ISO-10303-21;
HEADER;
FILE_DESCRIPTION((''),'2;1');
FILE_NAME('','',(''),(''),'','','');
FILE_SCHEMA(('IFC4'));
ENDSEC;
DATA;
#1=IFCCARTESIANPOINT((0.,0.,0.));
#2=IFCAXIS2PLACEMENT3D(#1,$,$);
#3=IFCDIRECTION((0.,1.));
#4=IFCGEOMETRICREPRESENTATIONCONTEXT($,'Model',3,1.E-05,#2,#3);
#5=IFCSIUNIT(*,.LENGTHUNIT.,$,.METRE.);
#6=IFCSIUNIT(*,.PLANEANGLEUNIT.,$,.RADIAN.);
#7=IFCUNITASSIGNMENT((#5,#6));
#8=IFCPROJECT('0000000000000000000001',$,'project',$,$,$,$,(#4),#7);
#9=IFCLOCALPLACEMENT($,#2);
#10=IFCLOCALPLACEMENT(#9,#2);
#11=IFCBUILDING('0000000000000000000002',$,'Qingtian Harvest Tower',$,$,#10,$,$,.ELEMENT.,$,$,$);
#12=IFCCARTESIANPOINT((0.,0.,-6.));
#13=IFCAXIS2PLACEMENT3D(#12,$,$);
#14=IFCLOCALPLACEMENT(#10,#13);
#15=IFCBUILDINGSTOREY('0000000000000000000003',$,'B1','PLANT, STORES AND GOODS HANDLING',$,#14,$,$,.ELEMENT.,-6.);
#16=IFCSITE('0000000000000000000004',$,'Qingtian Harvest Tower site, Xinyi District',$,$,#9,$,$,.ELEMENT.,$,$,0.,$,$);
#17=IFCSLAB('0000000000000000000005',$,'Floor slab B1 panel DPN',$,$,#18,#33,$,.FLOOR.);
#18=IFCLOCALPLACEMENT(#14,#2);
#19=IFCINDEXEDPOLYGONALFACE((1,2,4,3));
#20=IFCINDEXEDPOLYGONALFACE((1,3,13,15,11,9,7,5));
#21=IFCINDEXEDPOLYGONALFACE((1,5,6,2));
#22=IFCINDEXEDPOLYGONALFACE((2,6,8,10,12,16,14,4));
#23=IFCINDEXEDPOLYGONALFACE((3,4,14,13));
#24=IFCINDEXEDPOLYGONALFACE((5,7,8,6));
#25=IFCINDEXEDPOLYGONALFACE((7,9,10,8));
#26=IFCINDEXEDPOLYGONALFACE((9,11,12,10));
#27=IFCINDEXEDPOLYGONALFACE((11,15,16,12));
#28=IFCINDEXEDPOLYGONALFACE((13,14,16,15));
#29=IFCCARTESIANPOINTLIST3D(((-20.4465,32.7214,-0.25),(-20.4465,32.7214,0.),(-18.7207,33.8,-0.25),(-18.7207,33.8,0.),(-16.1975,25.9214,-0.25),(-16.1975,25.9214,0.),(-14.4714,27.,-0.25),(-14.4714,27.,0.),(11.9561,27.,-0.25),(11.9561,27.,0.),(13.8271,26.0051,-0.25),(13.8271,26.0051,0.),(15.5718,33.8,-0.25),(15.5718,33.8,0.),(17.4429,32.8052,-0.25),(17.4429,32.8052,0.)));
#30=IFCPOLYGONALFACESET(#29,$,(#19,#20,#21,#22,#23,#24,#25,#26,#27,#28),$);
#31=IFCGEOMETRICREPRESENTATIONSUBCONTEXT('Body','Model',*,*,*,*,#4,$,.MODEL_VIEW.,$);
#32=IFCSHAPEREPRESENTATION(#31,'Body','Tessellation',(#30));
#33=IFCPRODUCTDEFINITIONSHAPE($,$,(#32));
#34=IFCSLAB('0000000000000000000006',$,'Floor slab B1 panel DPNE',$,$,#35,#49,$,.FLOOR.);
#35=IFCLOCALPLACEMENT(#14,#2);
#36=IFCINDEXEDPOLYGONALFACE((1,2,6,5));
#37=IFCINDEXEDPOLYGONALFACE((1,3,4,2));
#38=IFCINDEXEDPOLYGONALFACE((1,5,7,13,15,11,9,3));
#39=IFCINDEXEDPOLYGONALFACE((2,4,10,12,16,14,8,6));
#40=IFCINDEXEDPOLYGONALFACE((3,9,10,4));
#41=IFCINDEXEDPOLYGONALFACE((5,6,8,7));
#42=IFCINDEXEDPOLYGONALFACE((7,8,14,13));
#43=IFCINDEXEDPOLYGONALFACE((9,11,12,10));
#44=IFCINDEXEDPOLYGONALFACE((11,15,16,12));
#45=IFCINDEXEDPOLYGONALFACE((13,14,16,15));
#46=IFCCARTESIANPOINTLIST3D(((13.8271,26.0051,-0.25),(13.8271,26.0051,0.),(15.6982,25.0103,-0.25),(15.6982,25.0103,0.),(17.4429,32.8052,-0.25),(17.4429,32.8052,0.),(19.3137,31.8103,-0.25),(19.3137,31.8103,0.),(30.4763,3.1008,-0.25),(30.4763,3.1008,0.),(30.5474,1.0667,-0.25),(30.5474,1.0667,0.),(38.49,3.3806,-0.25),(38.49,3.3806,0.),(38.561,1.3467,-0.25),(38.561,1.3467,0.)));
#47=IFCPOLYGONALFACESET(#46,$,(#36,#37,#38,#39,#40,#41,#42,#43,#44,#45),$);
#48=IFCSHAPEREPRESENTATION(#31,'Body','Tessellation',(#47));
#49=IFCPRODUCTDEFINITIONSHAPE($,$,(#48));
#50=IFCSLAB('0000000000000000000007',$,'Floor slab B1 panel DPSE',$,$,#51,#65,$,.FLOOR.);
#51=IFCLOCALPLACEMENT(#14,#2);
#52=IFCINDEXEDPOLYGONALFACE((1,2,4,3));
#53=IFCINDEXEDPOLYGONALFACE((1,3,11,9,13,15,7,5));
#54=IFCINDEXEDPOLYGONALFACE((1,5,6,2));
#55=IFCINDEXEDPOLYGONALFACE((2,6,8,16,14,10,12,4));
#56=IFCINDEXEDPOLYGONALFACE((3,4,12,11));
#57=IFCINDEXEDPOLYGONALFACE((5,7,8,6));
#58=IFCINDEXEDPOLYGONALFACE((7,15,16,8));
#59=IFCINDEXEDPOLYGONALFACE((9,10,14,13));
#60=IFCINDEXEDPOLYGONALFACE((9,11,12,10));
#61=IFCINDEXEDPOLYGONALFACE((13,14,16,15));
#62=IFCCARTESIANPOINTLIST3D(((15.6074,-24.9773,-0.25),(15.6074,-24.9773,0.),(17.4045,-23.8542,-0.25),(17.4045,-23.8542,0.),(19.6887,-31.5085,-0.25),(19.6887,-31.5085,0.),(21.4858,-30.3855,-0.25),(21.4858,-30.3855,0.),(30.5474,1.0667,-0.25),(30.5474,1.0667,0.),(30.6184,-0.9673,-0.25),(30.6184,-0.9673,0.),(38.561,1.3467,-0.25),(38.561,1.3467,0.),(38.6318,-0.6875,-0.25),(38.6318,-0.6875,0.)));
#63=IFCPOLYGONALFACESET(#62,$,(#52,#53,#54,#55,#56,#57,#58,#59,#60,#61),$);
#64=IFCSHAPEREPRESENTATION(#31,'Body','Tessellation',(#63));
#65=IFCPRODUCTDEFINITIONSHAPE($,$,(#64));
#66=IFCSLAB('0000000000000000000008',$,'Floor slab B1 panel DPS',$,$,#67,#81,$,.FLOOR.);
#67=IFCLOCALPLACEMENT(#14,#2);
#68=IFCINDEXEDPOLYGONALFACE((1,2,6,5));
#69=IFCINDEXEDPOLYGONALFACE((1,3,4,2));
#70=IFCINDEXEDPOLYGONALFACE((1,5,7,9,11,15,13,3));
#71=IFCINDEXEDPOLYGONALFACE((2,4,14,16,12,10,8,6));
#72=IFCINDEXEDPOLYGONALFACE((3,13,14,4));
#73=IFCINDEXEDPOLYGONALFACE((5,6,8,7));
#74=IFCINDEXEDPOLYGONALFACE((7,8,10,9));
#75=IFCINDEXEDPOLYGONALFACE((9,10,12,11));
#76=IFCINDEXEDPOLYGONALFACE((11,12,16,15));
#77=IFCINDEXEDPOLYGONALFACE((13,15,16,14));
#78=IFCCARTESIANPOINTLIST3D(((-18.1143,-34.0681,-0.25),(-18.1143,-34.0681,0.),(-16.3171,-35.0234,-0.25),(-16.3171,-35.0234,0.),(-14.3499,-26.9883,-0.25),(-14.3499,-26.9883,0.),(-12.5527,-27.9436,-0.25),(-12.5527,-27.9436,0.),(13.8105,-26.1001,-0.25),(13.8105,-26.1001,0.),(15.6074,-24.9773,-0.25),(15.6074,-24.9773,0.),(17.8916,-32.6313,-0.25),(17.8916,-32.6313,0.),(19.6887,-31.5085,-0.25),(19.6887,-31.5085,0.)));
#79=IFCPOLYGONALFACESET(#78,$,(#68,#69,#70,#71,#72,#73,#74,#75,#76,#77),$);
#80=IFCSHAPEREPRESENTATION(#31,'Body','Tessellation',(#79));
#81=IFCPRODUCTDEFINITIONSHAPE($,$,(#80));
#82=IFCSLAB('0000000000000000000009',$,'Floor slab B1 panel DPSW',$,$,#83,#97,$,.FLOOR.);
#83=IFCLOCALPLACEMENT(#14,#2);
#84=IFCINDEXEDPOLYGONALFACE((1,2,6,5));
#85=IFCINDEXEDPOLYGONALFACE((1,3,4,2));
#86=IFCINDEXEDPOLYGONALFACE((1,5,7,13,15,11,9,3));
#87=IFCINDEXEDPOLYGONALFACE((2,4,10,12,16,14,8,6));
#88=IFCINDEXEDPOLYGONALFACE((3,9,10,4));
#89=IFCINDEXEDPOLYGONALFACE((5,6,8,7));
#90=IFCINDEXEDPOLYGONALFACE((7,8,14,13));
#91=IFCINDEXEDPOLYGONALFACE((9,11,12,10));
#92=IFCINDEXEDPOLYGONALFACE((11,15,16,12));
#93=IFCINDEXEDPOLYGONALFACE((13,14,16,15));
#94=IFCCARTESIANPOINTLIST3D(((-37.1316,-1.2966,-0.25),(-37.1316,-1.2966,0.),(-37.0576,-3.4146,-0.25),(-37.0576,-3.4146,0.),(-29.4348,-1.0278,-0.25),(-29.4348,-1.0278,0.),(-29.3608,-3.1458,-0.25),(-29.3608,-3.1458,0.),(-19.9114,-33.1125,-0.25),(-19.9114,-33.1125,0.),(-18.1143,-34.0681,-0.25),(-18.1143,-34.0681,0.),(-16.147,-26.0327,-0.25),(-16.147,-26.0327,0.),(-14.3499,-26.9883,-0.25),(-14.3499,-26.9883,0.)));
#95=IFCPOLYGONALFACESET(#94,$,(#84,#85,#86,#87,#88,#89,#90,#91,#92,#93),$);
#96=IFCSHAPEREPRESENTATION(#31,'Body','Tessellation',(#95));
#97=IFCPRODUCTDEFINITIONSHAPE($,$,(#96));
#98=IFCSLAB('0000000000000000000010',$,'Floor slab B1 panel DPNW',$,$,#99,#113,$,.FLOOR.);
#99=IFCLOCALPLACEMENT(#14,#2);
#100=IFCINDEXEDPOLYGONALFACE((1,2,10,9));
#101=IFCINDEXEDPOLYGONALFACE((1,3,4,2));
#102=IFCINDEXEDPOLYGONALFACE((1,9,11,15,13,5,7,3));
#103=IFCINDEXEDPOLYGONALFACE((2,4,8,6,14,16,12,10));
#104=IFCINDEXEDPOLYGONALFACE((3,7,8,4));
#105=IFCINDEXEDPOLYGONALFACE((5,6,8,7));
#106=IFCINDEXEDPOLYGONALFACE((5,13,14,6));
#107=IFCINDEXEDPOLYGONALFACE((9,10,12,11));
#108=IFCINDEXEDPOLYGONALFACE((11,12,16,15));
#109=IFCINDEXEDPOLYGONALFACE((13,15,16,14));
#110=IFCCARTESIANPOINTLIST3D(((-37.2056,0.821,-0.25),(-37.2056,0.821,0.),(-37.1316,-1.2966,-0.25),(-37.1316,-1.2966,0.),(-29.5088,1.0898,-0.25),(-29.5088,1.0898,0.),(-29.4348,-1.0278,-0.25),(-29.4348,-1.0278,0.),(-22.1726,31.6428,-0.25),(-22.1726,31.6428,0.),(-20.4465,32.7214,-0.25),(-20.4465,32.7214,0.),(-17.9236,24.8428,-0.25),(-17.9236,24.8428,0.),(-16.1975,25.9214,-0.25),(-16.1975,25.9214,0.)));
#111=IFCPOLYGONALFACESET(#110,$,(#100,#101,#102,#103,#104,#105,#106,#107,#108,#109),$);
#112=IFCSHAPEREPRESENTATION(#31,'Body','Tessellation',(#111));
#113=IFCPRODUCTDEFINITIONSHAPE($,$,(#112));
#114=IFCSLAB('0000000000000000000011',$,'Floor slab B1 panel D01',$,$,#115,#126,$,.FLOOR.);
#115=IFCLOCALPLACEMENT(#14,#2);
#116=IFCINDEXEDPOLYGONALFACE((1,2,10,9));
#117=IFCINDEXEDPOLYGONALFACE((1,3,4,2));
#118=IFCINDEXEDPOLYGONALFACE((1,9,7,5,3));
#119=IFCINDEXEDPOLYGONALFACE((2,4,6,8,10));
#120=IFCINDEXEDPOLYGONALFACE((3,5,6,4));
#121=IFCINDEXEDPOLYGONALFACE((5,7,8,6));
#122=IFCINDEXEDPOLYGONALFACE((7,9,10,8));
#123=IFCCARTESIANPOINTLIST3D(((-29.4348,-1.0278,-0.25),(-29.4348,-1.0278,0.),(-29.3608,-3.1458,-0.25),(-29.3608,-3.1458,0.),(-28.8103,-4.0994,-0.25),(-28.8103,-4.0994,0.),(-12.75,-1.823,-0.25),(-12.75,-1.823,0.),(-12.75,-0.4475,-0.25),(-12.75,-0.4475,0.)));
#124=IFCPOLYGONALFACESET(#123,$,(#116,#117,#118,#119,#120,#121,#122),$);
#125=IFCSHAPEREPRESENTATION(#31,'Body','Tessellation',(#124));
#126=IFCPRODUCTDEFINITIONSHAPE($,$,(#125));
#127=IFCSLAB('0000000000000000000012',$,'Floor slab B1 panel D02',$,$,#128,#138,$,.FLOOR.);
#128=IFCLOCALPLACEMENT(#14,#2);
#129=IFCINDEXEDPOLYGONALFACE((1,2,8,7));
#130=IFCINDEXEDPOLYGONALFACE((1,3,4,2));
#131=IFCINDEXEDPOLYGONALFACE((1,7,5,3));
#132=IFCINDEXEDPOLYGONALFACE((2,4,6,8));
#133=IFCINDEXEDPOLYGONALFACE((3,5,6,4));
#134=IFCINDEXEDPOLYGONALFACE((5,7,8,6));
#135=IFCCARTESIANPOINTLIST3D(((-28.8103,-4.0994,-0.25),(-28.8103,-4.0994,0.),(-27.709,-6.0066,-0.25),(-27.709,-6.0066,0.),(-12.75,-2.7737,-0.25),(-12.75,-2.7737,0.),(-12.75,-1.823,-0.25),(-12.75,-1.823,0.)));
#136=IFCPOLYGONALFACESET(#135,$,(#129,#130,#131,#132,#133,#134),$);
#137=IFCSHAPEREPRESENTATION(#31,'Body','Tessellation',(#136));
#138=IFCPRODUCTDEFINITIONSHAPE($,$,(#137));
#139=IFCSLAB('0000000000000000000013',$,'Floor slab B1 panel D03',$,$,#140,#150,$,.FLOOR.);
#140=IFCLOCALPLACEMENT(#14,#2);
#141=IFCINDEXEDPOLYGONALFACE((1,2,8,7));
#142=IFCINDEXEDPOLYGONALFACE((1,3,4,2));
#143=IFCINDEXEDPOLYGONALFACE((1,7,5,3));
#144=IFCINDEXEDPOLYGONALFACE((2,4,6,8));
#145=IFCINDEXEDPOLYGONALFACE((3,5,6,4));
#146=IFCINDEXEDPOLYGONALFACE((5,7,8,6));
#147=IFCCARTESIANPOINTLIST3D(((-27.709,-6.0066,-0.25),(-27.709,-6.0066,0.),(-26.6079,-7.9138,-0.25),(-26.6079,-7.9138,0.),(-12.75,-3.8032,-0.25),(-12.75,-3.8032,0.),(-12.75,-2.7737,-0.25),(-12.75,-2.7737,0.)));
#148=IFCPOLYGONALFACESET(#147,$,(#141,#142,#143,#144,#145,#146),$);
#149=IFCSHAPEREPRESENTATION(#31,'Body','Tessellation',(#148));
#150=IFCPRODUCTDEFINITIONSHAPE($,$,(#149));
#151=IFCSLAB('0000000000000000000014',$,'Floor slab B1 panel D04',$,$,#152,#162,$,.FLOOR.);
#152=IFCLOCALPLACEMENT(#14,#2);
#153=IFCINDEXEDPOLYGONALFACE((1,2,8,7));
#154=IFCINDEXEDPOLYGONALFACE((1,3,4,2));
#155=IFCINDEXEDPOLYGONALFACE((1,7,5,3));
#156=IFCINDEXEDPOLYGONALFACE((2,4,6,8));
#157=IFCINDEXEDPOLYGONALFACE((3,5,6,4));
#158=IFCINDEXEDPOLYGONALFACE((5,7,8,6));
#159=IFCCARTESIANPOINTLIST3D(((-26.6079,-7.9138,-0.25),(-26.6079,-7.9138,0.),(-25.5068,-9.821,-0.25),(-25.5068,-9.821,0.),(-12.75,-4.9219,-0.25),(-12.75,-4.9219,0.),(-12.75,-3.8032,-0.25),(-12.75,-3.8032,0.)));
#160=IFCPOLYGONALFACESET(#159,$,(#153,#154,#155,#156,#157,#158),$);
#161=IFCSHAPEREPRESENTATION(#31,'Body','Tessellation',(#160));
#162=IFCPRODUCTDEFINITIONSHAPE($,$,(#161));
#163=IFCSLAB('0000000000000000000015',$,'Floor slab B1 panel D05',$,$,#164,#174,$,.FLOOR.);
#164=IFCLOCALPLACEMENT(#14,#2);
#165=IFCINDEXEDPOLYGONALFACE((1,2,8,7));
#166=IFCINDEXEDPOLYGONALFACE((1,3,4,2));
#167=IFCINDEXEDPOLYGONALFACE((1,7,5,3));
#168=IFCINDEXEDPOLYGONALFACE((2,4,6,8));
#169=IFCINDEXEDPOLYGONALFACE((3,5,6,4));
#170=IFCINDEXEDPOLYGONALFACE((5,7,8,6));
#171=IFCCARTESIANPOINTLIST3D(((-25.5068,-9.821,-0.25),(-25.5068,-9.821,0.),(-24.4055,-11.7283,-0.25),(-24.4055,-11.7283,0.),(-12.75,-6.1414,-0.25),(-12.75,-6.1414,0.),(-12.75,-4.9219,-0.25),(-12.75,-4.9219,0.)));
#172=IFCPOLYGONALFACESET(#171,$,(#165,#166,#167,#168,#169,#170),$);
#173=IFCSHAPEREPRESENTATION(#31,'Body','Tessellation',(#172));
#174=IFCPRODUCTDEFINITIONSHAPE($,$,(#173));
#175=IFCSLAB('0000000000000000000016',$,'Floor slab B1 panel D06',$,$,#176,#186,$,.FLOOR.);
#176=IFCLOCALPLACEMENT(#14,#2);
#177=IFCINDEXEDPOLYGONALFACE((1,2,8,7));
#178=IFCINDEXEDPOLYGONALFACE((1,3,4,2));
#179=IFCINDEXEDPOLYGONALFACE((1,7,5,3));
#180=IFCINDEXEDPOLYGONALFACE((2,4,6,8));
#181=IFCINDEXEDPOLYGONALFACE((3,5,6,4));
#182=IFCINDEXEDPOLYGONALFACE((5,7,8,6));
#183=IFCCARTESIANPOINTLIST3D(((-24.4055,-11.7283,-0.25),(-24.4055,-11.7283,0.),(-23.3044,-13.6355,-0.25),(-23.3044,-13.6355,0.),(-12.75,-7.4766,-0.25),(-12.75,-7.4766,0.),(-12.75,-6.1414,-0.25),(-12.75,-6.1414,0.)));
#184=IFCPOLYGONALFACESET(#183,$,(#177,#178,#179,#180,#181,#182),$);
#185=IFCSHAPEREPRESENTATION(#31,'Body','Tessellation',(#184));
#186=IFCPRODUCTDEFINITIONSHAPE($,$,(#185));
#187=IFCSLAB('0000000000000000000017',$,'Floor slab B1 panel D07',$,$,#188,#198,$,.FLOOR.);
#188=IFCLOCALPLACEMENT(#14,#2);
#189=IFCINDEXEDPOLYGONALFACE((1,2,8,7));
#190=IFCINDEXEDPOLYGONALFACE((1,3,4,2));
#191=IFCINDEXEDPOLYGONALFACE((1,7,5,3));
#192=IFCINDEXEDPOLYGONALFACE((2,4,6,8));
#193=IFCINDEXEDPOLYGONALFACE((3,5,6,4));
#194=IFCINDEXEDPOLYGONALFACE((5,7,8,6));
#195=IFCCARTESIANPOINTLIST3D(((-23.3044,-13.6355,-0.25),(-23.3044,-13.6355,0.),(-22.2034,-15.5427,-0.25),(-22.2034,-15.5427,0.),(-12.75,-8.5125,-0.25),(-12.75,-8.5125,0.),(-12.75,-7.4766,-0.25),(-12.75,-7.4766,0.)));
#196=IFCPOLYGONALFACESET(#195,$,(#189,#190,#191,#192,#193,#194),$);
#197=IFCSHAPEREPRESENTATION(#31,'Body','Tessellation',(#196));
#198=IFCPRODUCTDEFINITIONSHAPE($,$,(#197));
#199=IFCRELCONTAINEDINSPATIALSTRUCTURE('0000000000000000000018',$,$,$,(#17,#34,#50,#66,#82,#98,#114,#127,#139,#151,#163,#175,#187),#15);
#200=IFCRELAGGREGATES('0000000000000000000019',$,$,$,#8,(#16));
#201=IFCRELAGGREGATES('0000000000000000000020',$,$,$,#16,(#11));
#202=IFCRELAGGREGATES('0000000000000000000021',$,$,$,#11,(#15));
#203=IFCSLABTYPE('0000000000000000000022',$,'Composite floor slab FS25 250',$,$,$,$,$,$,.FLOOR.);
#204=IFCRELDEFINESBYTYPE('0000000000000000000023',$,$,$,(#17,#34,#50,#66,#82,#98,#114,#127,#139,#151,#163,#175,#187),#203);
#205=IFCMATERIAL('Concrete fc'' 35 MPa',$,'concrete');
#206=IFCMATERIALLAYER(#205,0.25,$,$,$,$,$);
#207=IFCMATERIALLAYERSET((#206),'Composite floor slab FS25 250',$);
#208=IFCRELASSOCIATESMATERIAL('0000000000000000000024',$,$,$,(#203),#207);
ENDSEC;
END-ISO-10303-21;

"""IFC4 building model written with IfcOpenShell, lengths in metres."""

from ifc_helpers import new_model, si_unit, direction, frame, origin, place, context, subcontext, project, spatial, polyline, outline, extrude, material, layer, layer_set, type_object, element, save


model = new_model("IFC4")

# Units and contexts
model_context = context("Model", 3, precision=1e-05, world=origin(), true_north=direction((0.0, 1.0)))
body_context = subcontext(model_context, "Body", "Model", "MODEL_VIEW")
ifc_project = project(units=[si_unit("LENGTHUNIT", "METRE"), si_unit("PLANEANGLEUNIT", "RADIAN")], contexts=[model_context])

# Site, building, storey
site_placement = place(None, origin())
site = spatial("IfcSite", under=ifc_project, at=site_placement, Name="Qingtian Harvest Tower site, Xinyi District", CompositionType="ELEMENT", RefElevation=0.0)
building_placement = place(site_placement, origin())
building = spatial("IfcBuilding", under=site, at=building_placement, Name="Qingtian Harvest Tower", CompositionType="ELEMENT")
storey_placement = place(building_placement, frame((0.0, 0.0, -6.0)))
storey = spatial("IfcBuildingStorey", under=building, at=storey_placement, Name="B1", Description="PLANT, STORES AND GOODS HANDLING", CompositionType="ELEMENT", Elevation=-6.0)

# Slabs
ifc_material_1 = material(Name="Concrete fc' 35 MPa", Category="concrete")
ifc_layer_1 = layer(ifc_material_1, 0.25)
ifc_layer_set_1 = layer_set([ifc_layer_1], Name="Composite floor slab FS25 250")
slab_type_1 = type_object("IfcSlabType", Name="Composite floor slab FS25 250", PredefinedType="FLOOR", material=ifc_layer_set_1)
slab_1_placement = place(storey_placement, frame((0.0, 0.0, -0.25)))
element("IfcSlab", 1, at=slab_1_placement, inside=storey, type_object=slab_type_1, Name="Floor slab B1 panel DPN", PredefinedType="FLOOR", context=body_context, shape_type="SweptSolid", body=[
    extrude(outline(polyline([(15.5718, 33.8), (17.4429, 32.8052), (13.8271, 26.0051), (11.9561, 27.0), (-14.4714, 27.0), (-16.1975, 25.9214), (-20.4465, 32.7214), (-18.7207, 33.8), (15.5718, 33.8)])), origin(), (0.0, 0.0, 1.0), 0.25),
])
slab_2_placement = place(storey_placement, frame((0.0, 0.0, -0.25)))
element("IfcSlab", 2, at=slab_2_placement, inside=storey, type_object=slab_type_1, Name="Floor slab B1 panel DPNE", PredefinedType="FLOOR", context=body_context, shape_type="SweptSolid", body=[
    extrude(outline(polyline([(30.5474, 1.0667), (30.4763, 3.1008), (15.6982, 25.0103), (13.8271, 26.0051), (17.4429, 32.8052), (19.3137, 31.8103), (38.49, 3.3806), (38.561, 1.3467), (30.5474, 1.0667)])), origin(), (0.0, 0.0, 1.0), 0.25),
])
slab_3_placement = place(storey_placement, frame((0.0, 0.0, -0.25)))
element("IfcSlab", 3, at=slab_3_placement, inside=storey, type_object=slab_type_1, Name="Floor slab B1 panel DPSE", PredefinedType="FLOOR", context=body_context, shape_type="SweptSolid", body=[
    extrude(outline(polyline([(19.6887, -31.5085), (15.6074, -24.9773), (17.4045, -23.8542), (30.6184, -0.9673), (30.5474, 1.0667), (38.561, 1.3467), (38.6318, -0.6875), (21.4858, -30.3855), (19.6887, -31.5085)])), origin(), (0.0, 0.0, 1.0), 0.25),
])
slab_4_placement = place(storey_placement, frame((0.0, 0.0, -0.25)))
element("IfcSlab", 4, at=slab_4_placement, inside=storey, type_object=slab_type_1, Name="Floor slab B1 panel DPS", PredefinedType="FLOOR", context=body_context, shape_type="SweptSolid", body=[
    extrude(outline(polyline([(-18.1143, -34.0681), (-14.3499, -26.9883), (-12.5527, -27.9436), (13.8105, -26.1001), (15.6074, -24.9773), (19.6887, -31.5085), (17.8916, -32.6313), (-16.3171, -35.0234), (-18.1143, -34.0681)])), origin(), (0.0, 0.0, 1.0), 0.25),
])
slab_5_placement = place(storey_placement, frame((0.0, 0.0, -0.25)))
element("IfcSlab", 5, at=slab_5_placement, inside=storey, type_object=slab_type_1, Name="Floor slab B1 panel DPSW", PredefinedType="FLOOR", context=body_context, shape_type="SweptSolid", body=[
    extrude(outline(polyline([(-37.1316, -1.2966), (-29.4348, -1.0278), (-29.3608, -3.1458), (-16.147, -26.0327), (-14.3499, -26.9883), (-18.1143, -34.0681), (-19.9114, -33.1125), (-37.0576, -3.4146), (-37.1316, -1.2966)])), origin(), (0.0, 0.0, 1.0), 0.25),
])
slab_6_placement = place(storey_placement, frame((0.0, 0.0, -0.25)))
element("IfcSlab", 6, at=slab_6_placement, inside=storey, type_object=slab_type_1, Name="Floor slab B1 panel DPNW", PredefinedType="FLOOR", context=body_context, shape_type="SweptSolid", body=[
    extrude(outline(polyline([(-20.4465, 32.7214), (-16.1975, 25.9214), (-17.9236, 24.8428), (-29.5088, 1.0898), (-29.4348, -1.0278), (-37.1316, -1.2966), (-37.2056, 0.821), (-22.1726, 31.6428), (-20.4465, 32.7214)])), origin(), (0.0, 0.0, 1.0), 0.25),
])
slab_7_placement = place(storey_placement, frame((0.0, 0.0, -0.25)))
element("IfcSlab", 7, at=slab_7_placement, inside=storey, type_object=slab_type_1, Name="Floor slab B1 panel D01", PredefinedType="FLOOR", context=body_context, shape_type="SweptSolid", body=[
    extrude(outline(polyline([(-12.75, -0.4475), (-12.75, -1.823), (-28.8103, -4.0994), (-29.3608, -3.1458), (-29.4348, -1.0278), (-12.75, -0.4475)])), origin(), (0.0, 0.0, 1.0), 0.25),
])
slab_8_placement = place(storey_placement, frame((0.0, 0.0, -0.25)))
element("IfcSlab", 8, at=slab_8_placement, inside=storey, type_object=slab_type_1, Name="Floor slab B1 panel D02", PredefinedType="FLOOR", context=body_context, shape_type="SweptSolid", body=[
    extrude(outline(polyline([(-12.75, -2.7737), (-27.709, -6.0066), (-28.8103, -4.0994), (-12.75, -1.823), (-12.75, -2.7737)])), origin(), (0.0, 0.0, 1.0), 0.25),
])
slab_9_placement = place(storey_placement, frame((0.0, 0.0, -0.25)))
element("IfcSlab", 9, at=slab_9_placement, inside=storey, type_object=slab_type_1, Name="Floor slab B1 panel D03", PredefinedType="FLOOR", context=body_context, shape_type="SweptSolid", body=[
    extrude(outline(polyline([(-12.75, -3.8032), (-26.6079, -7.9138), (-27.709, -6.0066), (-12.75, -2.7737), (-12.75, -3.8032)])), origin(), (0.0, 0.0, 1.0), 0.25),
])
slab_10_placement = place(storey_placement, frame((0.0, 0.0, -0.25)))
element("IfcSlab", 10, at=slab_10_placement, inside=storey, type_object=slab_type_1, Name="Floor slab B1 panel D04", PredefinedType="FLOOR", context=body_context, shape_type="SweptSolid", body=[
    extrude(outline(polyline([(-12.75, -4.9219), (-25.5068, -9.821), (-26.6079, -7.9138), (-12.75, -3.8032), (-12.75, -4.9219)])), origin(), (0.0, 0.0, 1.0), 0.25),
])
slab_11_placement = place(storey_placement, frame((0.0, 0.0, -0.25)))
element("IfcSlab", 11, at=slab_11_placement, inside=storey, type_object=slab_type_1, Name="Floor slab B1 panel D05", PredefinedType="FLOOR", context=body_context, shape_type="SweptSolid", body=[
    extrude(outline(polyline([(-12.75, -6.1414), (-24.4055, -11.7283), (-25.5068, -9.821), (-12.75, -4.9219), (-12.75, -6.1414)])), origin(), (0.0, 0.0, 1.0), 0.25),
])
slab_12_placement = place(storey_placement, frame((0.0, 0.0, -0.25)))
element("IfcSlab", 12, at=slab_12_placement, inside=storey, type_object=slab_type_1, Name="Floor slab B1 panel D06", PredefinedType="FLOOR", context=body_context, shape_type="SweptSolid", body=[
    extrude(outline(polyline([(-12.75, -7.4766), (-23.3044, -13.6355), (-24.4055, -11.7283), (-12.75, -6.1414), (-12.75, -7.4766)])), origin(), (0.0, 0.0, 1.0), 0.25),
])
slab_13_placement = place(storey_placement, frame((0.0, 0.0, -0.25)))
element("IfcSlab", 13, at=slab_13_placement, inside=storey, type_object=slab_type_1, Name="Floor slab B1 panel D07", PredefinedType="FLOOR", context=body_context, shape_type="SweptSolid", body=[
    extrude(outline(polyline([(-12.75, -8.5125), (-22.2034, -15.5427), (-23.3044, -13.6355), (-12.75, -7.4766), (-12.75, -8.5125)])), origin(), (0.0, 0.0, 1.0), 0.25),
])

save(model, "model.ifc")
